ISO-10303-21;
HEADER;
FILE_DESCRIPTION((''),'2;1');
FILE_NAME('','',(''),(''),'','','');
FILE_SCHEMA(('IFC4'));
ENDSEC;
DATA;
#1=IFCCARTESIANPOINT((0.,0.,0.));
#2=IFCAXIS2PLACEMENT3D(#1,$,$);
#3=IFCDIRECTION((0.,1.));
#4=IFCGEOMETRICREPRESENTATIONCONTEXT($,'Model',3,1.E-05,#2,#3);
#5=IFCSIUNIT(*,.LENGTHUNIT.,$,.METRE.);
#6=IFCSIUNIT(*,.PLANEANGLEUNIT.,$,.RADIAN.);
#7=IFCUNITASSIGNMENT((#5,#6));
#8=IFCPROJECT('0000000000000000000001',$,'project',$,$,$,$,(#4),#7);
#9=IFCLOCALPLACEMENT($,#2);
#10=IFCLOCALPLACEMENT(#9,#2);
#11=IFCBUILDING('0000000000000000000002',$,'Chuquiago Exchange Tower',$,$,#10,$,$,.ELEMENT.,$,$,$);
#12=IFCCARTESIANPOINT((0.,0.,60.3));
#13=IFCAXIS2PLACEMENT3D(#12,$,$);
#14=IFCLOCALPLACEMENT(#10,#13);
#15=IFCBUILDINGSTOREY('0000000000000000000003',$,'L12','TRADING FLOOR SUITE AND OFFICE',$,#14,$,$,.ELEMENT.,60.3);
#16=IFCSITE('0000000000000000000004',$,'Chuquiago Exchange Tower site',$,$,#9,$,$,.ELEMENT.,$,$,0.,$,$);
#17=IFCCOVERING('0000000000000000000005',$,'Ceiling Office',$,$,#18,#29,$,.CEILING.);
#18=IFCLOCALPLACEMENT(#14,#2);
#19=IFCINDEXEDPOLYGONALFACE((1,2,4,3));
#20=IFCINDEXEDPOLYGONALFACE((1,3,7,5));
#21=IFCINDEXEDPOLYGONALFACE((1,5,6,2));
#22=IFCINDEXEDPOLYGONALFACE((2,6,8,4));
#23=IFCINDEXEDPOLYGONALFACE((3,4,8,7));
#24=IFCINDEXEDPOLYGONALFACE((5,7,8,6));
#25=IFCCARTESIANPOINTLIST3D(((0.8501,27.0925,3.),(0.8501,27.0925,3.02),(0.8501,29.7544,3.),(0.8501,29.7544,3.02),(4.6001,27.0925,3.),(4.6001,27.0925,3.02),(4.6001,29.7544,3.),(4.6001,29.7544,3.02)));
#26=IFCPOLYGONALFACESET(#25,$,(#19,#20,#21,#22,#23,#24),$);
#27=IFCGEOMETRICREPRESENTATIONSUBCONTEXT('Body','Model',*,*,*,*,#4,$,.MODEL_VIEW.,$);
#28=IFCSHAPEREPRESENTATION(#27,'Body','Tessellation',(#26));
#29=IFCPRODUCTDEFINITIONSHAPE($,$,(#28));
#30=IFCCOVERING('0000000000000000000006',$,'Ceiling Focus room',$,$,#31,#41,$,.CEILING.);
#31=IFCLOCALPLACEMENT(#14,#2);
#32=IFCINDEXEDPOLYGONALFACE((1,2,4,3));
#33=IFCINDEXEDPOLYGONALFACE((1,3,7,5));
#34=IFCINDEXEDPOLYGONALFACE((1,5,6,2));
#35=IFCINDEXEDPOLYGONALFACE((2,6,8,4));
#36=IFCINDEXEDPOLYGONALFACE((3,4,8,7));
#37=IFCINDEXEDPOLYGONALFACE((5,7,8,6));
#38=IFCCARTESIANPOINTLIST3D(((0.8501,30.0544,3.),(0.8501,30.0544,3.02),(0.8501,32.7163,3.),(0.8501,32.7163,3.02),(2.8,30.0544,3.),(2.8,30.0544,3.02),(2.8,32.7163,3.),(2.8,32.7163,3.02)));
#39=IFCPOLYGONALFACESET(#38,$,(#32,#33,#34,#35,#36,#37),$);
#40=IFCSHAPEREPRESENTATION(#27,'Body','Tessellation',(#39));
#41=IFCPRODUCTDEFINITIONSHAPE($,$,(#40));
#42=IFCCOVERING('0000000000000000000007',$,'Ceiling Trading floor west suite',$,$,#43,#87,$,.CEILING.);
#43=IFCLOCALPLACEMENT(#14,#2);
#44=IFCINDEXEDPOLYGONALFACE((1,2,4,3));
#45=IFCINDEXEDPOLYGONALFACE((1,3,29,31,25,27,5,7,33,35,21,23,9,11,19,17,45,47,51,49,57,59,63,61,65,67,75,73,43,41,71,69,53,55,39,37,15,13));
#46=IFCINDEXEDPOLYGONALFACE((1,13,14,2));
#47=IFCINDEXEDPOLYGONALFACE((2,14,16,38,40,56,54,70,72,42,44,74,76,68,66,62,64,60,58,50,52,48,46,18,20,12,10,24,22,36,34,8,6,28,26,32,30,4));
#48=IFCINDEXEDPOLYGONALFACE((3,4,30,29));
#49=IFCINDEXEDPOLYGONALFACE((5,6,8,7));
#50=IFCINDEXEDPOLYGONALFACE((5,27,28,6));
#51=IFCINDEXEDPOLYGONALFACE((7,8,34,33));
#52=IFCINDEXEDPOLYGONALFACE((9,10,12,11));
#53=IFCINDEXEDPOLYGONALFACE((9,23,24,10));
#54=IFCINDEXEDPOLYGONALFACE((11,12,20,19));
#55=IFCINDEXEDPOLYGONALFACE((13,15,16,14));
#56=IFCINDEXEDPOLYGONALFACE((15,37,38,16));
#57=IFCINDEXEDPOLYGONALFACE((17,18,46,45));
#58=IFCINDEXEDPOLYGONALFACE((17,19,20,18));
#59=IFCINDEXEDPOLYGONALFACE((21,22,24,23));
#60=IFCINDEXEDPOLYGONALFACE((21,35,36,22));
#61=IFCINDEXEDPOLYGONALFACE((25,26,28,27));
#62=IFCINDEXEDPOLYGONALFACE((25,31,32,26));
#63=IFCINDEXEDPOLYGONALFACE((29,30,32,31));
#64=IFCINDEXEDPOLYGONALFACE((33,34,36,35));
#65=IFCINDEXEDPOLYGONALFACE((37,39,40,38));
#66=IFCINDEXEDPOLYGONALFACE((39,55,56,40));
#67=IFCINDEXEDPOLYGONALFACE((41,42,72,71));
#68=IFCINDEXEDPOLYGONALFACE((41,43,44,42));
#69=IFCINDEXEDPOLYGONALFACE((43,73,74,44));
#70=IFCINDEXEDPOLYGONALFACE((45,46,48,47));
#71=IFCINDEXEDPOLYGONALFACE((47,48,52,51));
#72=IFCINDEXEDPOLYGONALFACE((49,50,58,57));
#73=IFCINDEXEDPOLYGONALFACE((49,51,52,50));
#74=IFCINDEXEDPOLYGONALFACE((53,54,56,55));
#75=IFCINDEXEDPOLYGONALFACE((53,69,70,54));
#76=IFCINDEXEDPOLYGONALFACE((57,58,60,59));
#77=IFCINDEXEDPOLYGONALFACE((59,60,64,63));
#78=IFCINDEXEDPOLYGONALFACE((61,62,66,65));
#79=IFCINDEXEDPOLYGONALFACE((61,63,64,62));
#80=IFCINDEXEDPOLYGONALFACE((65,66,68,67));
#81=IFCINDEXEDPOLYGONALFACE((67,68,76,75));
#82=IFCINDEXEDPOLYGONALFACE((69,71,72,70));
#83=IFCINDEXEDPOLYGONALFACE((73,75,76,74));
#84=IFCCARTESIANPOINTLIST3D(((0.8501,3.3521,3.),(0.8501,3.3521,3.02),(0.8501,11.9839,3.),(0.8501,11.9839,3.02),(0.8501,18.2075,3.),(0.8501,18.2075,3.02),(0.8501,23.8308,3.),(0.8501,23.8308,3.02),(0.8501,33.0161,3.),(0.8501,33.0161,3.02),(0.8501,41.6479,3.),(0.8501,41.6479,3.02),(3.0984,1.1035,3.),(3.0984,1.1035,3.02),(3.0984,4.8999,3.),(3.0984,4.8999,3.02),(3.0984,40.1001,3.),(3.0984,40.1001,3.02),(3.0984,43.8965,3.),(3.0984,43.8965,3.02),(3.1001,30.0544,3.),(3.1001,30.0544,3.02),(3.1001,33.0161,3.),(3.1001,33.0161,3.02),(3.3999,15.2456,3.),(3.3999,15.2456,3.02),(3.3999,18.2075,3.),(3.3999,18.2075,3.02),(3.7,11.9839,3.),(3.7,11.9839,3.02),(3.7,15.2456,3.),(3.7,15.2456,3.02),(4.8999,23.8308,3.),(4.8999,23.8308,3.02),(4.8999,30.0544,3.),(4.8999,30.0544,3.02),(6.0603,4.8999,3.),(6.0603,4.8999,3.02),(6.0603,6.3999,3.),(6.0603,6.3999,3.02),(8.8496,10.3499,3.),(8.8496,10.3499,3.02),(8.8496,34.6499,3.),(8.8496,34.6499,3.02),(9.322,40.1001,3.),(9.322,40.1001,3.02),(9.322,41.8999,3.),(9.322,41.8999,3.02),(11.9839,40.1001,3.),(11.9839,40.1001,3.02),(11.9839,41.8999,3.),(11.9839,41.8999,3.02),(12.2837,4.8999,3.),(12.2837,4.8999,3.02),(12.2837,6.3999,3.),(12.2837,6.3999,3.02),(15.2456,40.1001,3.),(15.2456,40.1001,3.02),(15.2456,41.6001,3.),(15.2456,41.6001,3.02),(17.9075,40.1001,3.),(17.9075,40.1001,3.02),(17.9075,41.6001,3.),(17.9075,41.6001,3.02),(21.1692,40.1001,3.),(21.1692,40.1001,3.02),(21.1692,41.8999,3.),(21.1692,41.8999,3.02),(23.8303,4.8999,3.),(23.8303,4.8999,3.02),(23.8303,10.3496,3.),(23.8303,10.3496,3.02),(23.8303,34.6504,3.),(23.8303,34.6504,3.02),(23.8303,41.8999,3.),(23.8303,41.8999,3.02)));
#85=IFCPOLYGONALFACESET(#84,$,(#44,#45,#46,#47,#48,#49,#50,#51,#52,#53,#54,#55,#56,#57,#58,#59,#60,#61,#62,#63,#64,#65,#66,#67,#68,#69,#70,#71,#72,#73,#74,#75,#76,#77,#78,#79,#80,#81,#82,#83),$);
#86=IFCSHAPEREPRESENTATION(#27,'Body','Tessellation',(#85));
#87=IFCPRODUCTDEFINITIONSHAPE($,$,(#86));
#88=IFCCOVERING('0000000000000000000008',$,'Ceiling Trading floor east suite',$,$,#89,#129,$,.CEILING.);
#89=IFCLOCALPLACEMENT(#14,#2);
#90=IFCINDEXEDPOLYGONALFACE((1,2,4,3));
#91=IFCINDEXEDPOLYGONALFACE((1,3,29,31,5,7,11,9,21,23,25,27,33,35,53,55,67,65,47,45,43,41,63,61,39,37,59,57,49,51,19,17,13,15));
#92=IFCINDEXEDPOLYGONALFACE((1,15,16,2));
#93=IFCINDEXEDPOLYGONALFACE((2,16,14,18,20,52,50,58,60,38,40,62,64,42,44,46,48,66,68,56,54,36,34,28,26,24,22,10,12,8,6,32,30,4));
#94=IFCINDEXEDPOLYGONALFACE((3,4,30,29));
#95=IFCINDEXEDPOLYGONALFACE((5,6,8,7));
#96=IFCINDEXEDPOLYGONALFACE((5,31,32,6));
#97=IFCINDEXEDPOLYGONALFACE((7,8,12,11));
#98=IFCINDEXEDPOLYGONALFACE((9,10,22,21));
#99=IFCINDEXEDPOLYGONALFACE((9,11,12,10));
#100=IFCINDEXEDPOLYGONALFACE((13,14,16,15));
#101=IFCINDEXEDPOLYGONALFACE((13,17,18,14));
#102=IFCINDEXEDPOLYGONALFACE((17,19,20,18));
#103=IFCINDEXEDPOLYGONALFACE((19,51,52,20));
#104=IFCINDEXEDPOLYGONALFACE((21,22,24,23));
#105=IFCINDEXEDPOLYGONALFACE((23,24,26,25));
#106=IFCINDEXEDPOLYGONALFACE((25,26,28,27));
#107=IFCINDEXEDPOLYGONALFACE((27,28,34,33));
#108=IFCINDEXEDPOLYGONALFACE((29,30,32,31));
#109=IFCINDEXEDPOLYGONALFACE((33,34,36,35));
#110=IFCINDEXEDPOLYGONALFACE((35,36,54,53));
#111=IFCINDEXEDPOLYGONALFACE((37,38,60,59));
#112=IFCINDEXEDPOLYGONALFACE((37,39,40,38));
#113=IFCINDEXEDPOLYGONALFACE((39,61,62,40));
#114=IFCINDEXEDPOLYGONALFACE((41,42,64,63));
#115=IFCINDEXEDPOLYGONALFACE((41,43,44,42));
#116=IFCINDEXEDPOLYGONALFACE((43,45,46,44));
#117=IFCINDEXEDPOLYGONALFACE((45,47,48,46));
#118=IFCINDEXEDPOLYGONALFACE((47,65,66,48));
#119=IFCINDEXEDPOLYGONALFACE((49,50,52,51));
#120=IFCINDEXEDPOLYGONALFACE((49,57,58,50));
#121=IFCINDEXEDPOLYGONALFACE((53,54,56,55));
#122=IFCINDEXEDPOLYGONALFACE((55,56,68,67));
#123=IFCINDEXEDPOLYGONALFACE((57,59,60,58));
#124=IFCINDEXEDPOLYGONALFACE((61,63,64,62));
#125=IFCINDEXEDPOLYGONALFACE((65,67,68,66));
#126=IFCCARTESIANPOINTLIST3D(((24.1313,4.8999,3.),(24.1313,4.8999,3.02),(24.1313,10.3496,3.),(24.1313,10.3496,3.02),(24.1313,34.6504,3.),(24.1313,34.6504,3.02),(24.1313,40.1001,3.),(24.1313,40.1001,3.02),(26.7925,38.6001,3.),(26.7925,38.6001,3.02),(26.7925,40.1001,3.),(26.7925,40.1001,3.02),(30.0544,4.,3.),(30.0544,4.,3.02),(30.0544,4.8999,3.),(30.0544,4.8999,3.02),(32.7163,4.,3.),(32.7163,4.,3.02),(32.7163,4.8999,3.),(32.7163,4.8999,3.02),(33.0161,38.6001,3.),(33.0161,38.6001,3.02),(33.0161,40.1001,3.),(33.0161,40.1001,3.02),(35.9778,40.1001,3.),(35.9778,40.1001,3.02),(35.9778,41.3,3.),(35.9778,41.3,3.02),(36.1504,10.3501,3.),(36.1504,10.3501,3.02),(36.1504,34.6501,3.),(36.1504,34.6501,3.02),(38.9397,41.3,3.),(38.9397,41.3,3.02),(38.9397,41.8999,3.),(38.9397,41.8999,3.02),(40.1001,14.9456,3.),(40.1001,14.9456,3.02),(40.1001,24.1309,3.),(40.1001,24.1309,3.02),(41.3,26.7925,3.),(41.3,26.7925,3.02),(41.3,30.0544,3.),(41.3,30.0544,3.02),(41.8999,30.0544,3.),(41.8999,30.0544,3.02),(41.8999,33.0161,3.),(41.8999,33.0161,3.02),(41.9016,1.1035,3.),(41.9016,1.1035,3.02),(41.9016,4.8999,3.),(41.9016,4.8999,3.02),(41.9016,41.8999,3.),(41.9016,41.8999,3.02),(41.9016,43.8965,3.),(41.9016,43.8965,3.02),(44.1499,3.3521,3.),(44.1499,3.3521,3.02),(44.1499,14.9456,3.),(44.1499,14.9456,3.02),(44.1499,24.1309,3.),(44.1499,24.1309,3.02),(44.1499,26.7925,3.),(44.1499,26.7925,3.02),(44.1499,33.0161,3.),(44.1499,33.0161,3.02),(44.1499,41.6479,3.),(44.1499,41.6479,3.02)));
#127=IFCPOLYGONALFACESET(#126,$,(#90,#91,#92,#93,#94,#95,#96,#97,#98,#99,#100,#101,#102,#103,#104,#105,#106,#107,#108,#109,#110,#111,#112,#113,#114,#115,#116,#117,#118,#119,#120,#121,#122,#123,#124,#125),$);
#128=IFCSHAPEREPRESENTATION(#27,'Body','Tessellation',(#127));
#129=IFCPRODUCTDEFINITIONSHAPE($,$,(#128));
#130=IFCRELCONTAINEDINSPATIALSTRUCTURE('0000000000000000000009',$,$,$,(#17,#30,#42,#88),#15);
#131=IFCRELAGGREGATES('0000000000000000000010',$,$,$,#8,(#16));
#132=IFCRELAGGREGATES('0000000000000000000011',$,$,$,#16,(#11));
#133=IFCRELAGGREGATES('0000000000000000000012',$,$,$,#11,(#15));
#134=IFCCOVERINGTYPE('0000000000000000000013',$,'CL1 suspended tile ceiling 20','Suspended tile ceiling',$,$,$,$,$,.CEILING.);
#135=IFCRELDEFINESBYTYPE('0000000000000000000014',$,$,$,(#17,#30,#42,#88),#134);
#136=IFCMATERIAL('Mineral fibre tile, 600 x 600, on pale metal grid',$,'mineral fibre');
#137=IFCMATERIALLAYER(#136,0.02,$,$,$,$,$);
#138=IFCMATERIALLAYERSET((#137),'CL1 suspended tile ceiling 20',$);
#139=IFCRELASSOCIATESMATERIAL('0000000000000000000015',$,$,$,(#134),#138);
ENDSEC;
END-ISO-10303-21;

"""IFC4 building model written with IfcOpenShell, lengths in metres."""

from ifc_helpers import new_model, si_unit, direction, frame, origin, place, context, subcontext, project, spatial, polyline, outline, extrude, material, layer, layer_set, type_object, element, save


model = new_model("IFC4")

# Units and contexts
model_context = context("Model", 3, precision=1e-05, world=origin(), true_north=direction((0.0, 1.0)))
body_context = subcontext(model_context, "Body", "Model", "MODEL_VIEW")
ifc_project = project(units=[si_unit("LENGTHUNIT", "METRE"), si_unit("PLANEANGLEUNIT", "RADIAN")], contexts=[model_context])

# Site, building, storey
site_placement = place(None, origin())
site = spatial("IfcSite", under=ifc_project, at=site_placement, Name="Chuquiago Exchange Tower site", CompositionType="ELEMENT", RefElevation=0.0)
building_placement = place(site_placement, origin())
building = spatial("IfcBuilding", under=site, at=building_placement, Name="Chuquiago Exchange Tower", CompositionType="ELEMENT")
storey_placement = place(building_placement, frame((0.0, 0.0, 60.3)))
storey = spatial("IfcBuildingStorey", under=building, at=storey_placement, Name="L12", Description="TRADING FLOOR SUITE AND OFFICE", CompositionType="ELEMENT", Elevation=60.3)

# Coverings
ifc_material_1 = material(Name="Mineral fibre tile, 600 x 600, on pale metal grid", Category="mineral fibre")
ifc_layer_1 = layer(ifc_material_1, 0.02)
ifc_layer_set_1 = layer_set([ifc_layer_1], Name="CL1 suspended tile ceiling 20")
covering_type_1 = type_object("IfcCoveringType", Name="CL1 suspended tile ceiling 20", Description="Suspended tile ceiling", PredefinedType="CEILING", material=ifc_layer_set_1)
covering_1_placement = place(storey_placement, frame((0.0, 0.0, 3.0)))
element("IfcCovering", 1, at=covering_1_placement, inside=storey, type_object=covering_type_1, Name="Ceiling Office", PredefinedType="CEILING", context=body_context, shape_type="SweptSolid", body=[
    extrude(outline(polyline([(4.6001, 29.7544), (4.6001, 27.0925), (0.8501, 27.0925), (0.8501, 29.7544), (4.6001, 29.7544)])), origin(), (0.0, 0.0, 1.0), 0.02),
])
covering_2_placement = place(storey_placement, frame((0.0, 0.0, 3.0)))
element("IfcCovering", 2, at=covering_2_placement, inside=storey, type_object=covering_type_1, Name="Ceiling Focus room", PredefinedType="CEILING", context=body_context, shape_type="SweptSolid", body=[
    extrude(outline(polyline([(2.8, 32.7163), (2.8, 30.0544), (0.8501, 30.0544), (0.8501, 32.7163), (2.8, 32.7163)])), origin(), (0.0, 0.0, 1.0), 0.02),
])
covering_3_placement = place(storey_placement, frame((0.0, 0.0, 3.0)))
element("IfcCovering", 3, at=covering_3_placement, inside=storey, type_object=covering_type_1, Name="Ceiling Trading floor west suite", PredefinedType="CEILING", context=body_context, shape_type="SweptSolid", body=[
    extrude(outline(polyline([(3.0984, 40.1001), (9.322, 40.1001), (9.322, 41.8999), (11.9839, 41.8999), (11.9839, 40.1001), (15.2456, 40.1001), (15.2456, 41.6001), (17.9075, 41.6001), (17.9075, 40.1001), (21.1692, 40.1001), (21.1692, 41.8999), (23.8303, 41.8999), (23.8303, 34.6504), (8.8496, 34.6499), (8.8496, 10.3499), (23.8303, 10.3496), (23.8303, 4.8999), (12.2837, 4.8999), (12.2837, 6.3999), (6.0603, 6.3999), (6.0603, 4.8999), (3.0984, 4.8999), (3.0984, 1.1035), (0.8501, 3.3521), (0.8501, 11.9839), (3.7, 11.9839), (3.7, 15.2456), (3.3999, 15.2456), (3.3999, 18.2075), (0.8501, 18.2075), (0.8501, 23.8308), (4.8999, 23.8308), (4.8999, 30.0544), (3.1001, 30.0544), (3.1001, 33.0161), (0.8501, 33.0161), (0.8501, 41.6479), (3.0984, 43.8965), (3.0984, 40.1001)])), origin(), (0.0, 0.0, 1.0), 0.02),
])
covering_4_placement = place(storey_placement, frame((0.0, 0.0, 3.0)))
element("IfcCovering", 4, at=covering_4_placement, inside=storey, type_object=covering_type_1, Name="Ceiling Trading floor east suite", PredefinedType="CEILING", context=body_context, shape_type="SweptSolid", body=[
    extrude(outline(polyline([(26.7925, 38.6001), (33.0161, 38.6001), (33.0161, 40.1001), (35.9778, 40.1001), (35.9778, 41.3), (38.9397, 41.3), (38.9397, 41.8999), (41.9016, 41.8999), (41.9016, 43.8965), (44.1499, 41.6479), (44.1499, 33.0161), (41.8999, 33.0161), (41.8999, 30.0544), (41.3, 30.0544), (41.3, 26.7925), (44.1499, 26.7925), (44.1499, 24.1309), (40.1001, 24.1309), (40.1001, 14.9456), (44.1499, 14.9456), (44.1499, 3.3521), (41.9016, 1.1035), (41.9016, 4.8999), (32.7163, 4.8999), (32.7163, 4.0), (30.0544, 4.0), (30.0544, 4.8999), (24.1313, 4.8999), (24.1313, 10.3496), (36.1504, 10.3501), (36.1504, 34.6501), (24.1313, 34.6504), (24.1313, 40.1001), (26.7925, 40.1001), (26.7925, 38.6001)])), origin(), (0.0, 0.0, 1.0), 0.02),
])

save(model, "model.ifc")
